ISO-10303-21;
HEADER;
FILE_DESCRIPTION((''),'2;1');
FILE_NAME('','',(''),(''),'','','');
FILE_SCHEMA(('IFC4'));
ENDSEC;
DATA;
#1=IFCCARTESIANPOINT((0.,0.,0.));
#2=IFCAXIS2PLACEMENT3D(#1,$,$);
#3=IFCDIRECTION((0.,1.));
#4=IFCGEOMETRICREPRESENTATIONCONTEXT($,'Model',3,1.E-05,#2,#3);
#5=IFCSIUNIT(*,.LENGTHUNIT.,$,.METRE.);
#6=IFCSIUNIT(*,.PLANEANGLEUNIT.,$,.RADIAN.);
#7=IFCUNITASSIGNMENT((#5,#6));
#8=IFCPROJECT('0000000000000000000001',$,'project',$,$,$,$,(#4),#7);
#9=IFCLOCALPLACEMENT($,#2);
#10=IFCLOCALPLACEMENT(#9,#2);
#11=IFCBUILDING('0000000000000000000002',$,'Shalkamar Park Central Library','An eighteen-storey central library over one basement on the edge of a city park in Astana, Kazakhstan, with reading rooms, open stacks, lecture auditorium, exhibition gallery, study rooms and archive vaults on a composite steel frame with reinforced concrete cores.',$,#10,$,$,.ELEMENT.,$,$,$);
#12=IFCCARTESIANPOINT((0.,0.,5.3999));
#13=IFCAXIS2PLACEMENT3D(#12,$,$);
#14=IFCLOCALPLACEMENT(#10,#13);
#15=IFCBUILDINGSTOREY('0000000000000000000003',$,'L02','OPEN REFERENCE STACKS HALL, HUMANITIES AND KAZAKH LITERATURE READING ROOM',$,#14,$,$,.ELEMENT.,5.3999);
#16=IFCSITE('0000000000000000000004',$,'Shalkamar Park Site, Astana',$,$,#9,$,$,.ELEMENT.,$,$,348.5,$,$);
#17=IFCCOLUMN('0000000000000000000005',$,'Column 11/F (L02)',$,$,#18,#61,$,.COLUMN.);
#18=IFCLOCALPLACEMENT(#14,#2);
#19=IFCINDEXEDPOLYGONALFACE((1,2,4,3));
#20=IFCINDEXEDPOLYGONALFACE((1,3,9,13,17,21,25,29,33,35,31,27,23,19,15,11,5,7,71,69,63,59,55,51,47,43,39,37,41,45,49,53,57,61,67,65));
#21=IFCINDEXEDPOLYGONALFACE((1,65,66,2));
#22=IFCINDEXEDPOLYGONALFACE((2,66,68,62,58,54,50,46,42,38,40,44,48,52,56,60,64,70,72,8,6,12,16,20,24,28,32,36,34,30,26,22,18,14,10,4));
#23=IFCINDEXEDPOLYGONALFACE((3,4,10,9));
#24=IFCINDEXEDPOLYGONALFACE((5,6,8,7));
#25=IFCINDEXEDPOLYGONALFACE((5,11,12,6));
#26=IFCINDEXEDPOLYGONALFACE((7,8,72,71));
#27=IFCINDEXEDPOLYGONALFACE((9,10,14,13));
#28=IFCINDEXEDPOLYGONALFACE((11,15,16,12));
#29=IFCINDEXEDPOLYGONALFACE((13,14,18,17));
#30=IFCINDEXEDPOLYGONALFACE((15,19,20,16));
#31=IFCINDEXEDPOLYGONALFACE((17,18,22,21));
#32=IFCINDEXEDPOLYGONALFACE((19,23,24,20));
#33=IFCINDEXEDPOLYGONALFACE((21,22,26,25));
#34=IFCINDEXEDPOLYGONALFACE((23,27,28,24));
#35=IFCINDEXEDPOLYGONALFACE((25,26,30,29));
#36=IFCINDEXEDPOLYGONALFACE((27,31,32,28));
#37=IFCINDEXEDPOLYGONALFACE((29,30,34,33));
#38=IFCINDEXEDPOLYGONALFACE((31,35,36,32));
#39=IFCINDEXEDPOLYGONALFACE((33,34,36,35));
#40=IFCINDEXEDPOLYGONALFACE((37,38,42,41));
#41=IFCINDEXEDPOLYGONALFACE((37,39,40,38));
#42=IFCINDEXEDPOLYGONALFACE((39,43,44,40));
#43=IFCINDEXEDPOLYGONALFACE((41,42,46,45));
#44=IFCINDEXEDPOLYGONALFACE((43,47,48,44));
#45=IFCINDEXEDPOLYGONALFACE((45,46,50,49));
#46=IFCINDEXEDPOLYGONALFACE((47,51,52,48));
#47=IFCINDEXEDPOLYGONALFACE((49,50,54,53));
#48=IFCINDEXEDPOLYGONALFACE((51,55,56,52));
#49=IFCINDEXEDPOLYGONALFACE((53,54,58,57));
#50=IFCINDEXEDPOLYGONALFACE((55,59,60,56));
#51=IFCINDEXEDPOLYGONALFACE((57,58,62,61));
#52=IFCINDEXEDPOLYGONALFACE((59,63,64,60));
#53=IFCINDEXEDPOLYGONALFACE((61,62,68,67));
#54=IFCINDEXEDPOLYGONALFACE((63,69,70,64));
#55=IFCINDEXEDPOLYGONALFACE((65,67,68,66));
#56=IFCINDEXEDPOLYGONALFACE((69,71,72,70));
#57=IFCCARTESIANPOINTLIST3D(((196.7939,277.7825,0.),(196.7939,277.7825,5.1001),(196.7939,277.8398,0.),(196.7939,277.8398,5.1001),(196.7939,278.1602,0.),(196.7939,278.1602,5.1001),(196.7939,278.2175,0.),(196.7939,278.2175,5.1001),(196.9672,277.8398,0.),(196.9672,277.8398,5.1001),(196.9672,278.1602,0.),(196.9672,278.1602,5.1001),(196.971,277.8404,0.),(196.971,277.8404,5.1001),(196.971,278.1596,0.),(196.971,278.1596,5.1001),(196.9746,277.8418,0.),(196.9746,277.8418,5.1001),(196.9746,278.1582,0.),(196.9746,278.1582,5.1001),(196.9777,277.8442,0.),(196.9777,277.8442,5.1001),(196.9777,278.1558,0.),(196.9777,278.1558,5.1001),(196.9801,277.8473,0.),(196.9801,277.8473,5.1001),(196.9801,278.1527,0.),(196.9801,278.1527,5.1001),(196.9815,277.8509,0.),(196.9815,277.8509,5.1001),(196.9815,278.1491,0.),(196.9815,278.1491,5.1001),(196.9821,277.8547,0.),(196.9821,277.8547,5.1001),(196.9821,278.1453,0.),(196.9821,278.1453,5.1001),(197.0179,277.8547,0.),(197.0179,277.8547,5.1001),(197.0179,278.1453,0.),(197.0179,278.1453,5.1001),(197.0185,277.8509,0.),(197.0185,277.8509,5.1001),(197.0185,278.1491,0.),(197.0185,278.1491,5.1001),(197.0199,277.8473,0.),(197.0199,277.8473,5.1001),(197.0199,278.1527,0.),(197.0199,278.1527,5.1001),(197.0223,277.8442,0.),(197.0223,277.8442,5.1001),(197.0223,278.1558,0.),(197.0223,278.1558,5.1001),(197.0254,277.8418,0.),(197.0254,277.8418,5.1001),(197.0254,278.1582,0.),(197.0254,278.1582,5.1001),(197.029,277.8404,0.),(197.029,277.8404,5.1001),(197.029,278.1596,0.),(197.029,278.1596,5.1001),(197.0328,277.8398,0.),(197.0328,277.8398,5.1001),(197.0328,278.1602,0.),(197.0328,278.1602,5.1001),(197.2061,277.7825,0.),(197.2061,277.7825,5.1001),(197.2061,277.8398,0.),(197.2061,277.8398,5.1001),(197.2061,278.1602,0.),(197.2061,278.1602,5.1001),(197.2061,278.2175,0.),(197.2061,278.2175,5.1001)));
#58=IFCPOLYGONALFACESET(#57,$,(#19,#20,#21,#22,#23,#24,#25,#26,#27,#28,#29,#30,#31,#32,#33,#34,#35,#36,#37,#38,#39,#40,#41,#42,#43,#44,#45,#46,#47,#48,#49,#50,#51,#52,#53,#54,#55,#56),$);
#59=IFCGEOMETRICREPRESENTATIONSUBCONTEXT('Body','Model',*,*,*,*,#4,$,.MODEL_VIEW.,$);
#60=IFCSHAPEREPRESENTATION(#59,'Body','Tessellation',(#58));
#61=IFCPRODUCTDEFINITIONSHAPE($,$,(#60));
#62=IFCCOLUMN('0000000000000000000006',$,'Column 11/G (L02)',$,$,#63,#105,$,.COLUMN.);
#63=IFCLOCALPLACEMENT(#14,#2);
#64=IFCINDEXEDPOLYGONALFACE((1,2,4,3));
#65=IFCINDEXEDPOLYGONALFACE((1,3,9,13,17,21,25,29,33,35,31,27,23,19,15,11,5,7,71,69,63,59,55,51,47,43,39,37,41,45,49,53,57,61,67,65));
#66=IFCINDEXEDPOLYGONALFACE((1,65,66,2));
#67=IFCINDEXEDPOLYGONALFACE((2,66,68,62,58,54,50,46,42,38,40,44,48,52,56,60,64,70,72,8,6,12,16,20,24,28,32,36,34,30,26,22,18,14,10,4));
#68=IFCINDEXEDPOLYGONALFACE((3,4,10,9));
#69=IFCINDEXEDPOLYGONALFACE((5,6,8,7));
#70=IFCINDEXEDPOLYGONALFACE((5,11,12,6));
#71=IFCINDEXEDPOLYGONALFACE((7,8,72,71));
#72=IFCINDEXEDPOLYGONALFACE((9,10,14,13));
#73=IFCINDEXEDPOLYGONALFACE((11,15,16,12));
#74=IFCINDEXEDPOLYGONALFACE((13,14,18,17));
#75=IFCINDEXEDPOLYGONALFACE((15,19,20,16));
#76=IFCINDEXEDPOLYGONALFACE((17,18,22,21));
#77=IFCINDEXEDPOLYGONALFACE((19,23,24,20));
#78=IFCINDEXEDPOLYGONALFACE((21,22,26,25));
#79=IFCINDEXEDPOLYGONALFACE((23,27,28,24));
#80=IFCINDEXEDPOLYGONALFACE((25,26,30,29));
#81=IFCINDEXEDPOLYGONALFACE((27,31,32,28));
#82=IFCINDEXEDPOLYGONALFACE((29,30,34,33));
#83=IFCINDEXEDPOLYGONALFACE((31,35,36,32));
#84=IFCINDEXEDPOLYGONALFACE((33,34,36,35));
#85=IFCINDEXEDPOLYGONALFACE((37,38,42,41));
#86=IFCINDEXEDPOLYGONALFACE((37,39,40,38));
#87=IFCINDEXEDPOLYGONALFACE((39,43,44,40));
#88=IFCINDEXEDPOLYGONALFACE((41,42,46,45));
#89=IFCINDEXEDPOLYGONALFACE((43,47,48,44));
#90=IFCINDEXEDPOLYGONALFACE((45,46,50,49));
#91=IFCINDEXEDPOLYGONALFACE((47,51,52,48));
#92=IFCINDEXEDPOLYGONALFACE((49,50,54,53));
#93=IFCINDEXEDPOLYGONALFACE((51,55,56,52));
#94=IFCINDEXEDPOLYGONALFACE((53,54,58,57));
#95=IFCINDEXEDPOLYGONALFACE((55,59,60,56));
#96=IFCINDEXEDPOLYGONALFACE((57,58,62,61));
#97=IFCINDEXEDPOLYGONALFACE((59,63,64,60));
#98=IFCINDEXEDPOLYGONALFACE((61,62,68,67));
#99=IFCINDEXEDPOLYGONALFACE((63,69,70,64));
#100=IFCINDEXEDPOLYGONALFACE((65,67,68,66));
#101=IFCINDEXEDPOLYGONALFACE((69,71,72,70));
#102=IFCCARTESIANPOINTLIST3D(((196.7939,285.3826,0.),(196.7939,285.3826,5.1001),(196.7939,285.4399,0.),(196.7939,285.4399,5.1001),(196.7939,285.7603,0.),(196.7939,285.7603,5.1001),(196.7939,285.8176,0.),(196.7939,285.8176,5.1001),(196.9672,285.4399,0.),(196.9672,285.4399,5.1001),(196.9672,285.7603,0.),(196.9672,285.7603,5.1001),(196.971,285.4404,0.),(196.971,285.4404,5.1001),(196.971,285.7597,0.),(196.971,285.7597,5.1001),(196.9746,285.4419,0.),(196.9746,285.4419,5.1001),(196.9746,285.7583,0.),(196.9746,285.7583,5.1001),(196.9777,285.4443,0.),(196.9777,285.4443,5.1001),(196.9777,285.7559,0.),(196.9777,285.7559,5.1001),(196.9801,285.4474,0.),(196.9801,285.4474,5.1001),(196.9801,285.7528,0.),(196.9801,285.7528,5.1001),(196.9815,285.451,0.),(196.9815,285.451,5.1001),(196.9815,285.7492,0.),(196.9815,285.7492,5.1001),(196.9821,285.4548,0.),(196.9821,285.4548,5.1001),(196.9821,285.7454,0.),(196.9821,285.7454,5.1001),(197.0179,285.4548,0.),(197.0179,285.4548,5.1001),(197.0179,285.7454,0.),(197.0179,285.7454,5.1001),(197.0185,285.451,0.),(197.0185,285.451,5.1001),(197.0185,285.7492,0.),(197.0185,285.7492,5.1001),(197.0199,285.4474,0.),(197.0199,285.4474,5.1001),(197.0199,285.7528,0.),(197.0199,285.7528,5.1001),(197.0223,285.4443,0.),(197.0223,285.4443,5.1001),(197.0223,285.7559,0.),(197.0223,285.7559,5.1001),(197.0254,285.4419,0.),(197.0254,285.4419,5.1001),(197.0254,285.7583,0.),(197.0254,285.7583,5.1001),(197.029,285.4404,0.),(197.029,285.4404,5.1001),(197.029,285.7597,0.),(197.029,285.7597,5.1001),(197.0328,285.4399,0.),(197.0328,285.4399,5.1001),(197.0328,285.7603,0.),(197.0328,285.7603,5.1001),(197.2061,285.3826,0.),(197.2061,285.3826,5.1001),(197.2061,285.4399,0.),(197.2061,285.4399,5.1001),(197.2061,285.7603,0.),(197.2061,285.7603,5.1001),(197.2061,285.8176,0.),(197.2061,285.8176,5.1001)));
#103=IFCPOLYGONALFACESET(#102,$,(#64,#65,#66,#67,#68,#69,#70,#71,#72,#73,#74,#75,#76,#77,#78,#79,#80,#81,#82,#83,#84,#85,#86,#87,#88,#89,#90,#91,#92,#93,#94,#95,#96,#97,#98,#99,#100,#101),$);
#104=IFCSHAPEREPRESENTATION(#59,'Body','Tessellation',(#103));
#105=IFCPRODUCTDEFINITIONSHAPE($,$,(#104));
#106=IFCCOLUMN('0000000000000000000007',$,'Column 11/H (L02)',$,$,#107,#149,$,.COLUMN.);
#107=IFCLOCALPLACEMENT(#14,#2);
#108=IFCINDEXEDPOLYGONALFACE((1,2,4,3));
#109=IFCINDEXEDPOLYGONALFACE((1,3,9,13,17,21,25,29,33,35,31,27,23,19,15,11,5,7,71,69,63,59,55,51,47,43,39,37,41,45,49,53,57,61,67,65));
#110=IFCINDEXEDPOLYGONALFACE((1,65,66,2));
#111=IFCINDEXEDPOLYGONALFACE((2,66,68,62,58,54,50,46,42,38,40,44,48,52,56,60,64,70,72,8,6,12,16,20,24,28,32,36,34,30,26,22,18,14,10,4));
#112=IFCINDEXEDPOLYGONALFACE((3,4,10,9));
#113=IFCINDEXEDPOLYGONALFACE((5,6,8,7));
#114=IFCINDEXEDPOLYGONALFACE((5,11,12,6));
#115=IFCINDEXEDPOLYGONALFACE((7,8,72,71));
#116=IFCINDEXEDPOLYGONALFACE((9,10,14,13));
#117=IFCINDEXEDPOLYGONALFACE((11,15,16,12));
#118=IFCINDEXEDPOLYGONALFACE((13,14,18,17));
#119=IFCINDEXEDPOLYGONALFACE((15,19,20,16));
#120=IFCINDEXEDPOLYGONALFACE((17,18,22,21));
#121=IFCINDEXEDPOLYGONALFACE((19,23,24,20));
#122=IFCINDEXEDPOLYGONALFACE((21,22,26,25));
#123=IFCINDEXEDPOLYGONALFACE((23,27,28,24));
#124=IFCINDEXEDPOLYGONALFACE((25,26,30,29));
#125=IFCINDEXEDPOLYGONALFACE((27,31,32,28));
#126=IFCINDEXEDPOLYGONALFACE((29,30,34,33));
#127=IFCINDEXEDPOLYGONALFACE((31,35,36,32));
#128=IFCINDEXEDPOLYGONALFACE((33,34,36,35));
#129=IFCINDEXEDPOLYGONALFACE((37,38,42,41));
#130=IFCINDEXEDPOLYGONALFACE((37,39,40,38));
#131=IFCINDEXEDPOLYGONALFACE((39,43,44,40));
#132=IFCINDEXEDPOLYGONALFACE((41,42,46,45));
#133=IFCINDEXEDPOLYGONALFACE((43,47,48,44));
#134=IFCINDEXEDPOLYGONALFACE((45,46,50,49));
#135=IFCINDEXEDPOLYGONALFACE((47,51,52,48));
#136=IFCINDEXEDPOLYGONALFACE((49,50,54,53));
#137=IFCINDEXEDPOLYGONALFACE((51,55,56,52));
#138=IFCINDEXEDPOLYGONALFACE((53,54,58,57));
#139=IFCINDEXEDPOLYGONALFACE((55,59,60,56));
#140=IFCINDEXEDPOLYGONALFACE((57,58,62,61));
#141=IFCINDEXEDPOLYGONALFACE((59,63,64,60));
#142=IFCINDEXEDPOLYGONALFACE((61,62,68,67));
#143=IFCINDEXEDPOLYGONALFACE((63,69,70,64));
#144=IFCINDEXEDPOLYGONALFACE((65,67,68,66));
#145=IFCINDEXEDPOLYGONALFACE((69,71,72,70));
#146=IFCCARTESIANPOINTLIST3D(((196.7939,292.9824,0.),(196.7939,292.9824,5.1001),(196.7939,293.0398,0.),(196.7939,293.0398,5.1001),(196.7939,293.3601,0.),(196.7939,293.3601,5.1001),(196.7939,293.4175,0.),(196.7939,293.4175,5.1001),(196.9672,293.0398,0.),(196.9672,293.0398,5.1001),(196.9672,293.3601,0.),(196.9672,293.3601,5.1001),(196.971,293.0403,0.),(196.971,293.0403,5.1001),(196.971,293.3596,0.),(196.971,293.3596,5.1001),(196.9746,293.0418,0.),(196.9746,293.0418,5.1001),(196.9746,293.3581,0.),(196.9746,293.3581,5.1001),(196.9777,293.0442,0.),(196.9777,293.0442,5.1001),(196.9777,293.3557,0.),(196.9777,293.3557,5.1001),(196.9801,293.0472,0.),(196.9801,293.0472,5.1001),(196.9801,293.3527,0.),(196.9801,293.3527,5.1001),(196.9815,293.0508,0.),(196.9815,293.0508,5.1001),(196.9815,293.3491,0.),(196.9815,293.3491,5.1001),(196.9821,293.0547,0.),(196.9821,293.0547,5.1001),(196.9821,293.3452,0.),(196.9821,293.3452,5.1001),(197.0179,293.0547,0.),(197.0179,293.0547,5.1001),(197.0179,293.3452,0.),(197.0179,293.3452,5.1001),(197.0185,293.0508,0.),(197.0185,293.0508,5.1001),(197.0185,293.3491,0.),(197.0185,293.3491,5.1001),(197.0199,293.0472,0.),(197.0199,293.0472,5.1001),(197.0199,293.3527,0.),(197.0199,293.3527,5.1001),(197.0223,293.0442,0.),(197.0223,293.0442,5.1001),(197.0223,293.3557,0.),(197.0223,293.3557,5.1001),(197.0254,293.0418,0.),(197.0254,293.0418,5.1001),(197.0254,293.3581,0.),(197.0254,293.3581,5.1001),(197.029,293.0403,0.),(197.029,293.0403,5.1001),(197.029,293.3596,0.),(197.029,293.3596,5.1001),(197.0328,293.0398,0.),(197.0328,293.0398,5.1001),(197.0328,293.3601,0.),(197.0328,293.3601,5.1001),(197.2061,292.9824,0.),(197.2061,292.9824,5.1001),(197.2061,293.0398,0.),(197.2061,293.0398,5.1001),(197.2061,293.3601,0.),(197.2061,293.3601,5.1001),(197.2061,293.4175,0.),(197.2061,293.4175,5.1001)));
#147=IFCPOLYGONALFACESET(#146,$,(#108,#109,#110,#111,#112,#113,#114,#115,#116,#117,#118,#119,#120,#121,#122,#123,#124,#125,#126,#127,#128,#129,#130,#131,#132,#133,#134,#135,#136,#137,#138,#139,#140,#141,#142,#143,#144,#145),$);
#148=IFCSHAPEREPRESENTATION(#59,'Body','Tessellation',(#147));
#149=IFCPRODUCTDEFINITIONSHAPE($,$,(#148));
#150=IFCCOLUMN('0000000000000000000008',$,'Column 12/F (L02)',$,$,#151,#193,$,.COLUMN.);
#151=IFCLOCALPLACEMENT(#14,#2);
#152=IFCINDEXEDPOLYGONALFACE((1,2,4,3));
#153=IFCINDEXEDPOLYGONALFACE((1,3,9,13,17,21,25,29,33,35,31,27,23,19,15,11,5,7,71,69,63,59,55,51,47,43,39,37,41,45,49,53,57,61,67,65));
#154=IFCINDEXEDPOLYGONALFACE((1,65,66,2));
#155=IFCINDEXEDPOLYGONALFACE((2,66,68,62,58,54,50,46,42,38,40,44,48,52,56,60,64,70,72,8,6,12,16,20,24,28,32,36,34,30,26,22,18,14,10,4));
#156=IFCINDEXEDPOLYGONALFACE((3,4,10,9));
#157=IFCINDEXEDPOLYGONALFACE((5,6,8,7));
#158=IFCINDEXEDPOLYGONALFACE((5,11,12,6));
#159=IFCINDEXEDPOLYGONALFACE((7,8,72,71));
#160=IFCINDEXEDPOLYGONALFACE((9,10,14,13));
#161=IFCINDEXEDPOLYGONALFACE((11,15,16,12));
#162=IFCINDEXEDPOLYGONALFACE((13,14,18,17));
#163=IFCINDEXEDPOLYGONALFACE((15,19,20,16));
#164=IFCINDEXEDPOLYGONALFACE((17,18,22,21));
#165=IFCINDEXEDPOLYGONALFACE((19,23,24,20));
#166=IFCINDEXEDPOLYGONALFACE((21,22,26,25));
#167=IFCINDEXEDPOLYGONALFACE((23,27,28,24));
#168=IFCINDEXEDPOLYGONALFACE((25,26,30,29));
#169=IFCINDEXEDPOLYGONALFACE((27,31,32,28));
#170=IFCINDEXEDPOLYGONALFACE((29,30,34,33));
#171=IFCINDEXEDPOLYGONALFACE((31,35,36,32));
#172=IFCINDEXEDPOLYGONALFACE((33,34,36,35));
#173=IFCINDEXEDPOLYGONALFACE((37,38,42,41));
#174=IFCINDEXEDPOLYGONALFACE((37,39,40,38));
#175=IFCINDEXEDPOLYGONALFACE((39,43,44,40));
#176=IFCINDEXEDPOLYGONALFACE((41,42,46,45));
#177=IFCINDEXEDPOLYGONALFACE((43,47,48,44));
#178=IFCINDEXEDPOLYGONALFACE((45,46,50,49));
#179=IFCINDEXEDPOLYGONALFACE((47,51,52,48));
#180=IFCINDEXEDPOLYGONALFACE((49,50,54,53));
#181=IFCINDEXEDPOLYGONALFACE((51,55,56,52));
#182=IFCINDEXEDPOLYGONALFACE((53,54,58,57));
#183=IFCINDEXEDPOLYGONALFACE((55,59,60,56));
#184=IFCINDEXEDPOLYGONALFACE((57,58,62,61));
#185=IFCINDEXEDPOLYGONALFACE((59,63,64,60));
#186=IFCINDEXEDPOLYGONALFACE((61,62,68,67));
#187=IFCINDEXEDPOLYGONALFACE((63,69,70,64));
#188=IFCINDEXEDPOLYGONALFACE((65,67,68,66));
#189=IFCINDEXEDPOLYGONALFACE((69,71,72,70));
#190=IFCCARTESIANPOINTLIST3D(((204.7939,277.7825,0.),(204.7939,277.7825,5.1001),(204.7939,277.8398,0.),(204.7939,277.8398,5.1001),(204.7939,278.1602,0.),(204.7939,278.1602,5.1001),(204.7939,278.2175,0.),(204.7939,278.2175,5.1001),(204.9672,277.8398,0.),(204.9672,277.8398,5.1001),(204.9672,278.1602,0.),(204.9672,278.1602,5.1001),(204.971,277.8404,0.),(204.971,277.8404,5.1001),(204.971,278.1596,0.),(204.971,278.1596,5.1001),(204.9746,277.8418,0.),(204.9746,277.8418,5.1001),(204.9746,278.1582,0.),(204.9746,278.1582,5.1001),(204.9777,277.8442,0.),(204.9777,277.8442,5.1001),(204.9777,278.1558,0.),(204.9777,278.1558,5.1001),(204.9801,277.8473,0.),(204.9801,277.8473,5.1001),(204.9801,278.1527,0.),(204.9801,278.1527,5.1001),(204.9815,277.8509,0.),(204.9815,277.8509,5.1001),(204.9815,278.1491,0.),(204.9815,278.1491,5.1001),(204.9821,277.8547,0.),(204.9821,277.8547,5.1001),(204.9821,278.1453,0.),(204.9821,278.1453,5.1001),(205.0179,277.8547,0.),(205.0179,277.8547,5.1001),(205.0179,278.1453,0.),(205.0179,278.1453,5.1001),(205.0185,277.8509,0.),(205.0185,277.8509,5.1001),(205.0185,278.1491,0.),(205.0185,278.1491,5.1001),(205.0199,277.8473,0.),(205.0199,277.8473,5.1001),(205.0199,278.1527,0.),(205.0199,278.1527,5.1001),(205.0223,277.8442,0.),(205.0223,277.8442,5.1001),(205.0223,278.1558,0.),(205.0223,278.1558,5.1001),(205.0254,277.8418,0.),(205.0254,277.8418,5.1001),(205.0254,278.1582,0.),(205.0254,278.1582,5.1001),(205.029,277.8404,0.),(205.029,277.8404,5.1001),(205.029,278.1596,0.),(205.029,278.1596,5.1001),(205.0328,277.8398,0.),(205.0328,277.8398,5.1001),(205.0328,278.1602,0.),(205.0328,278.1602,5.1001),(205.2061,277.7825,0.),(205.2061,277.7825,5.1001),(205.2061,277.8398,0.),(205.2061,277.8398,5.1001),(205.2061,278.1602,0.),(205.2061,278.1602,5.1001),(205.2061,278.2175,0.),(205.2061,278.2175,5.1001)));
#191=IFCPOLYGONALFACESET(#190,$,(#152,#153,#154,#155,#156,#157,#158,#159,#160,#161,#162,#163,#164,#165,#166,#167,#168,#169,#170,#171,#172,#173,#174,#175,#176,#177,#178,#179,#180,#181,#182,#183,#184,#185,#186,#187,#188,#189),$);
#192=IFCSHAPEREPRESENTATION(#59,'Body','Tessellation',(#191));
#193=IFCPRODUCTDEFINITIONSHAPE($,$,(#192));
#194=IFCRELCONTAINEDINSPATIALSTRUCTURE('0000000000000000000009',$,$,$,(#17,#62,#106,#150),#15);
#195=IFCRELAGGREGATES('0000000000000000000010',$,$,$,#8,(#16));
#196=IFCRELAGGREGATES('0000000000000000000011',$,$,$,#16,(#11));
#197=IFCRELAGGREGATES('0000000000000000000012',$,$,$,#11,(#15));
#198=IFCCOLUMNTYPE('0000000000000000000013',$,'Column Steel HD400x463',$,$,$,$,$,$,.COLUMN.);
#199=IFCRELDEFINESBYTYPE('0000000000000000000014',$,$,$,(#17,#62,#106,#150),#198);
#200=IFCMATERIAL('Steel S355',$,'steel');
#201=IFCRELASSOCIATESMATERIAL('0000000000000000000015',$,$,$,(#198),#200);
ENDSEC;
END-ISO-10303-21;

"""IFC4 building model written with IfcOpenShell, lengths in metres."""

from ifc_helpers import new_model, si_unit, direction, frame, origin, origin_2d, place, context, subcontext, project, spatial, i_section, extrude, material, material_profile, profile_set, type_object, element, save


model = new_model("IFC4")

# Units and contexts
model_context = context("Model", 3, precision=1e-05, world=origin(), true_north=direction((0.0, 1.0)))
body_context = subcontext(model_context, "Body", "Model", "MODEL_VIEW")
ifc_project = project(units=[si_unit("LENGTHUNIT", "METRE"), si_unit("PLANEANGLEUNIT", "RADIAN")], contexts=[model_context])

# Site, building, storey
site_placement = place(None, origin())
site = spatial("IfcSite", under=ifc_project, at=site_placement, Name="Shalkamar Park Site, Astana", CompositionType="ELEMENT", RefElevation=348.5)
building_placement = place(site_placement, origin())
building = spatial("IfcBuilding", under=site, at=building_placement, Name="Shalkamar Park Central Library", Description="An eighteen-storey central library over one basement on the edge of a city park in Astana, Kazakhstan, with reading rooms, open stacks, lecture auditorium, exhibition gallery, study rooms and archive vaults on a composite steel frame with reinforced concrete cores.", CompositionType="ELEMENT")
storey_placement = place(building_placement, frame((0.0, 0.0, 5.3999)))
storey = spatial("IfcBuildingStorey", under=building, at=storey_placement, Name="L02", Description="OPEN REFERENCE STACKS HALL, HUMANITIES AND KAZAKH LITERATURE READING ROOM", CompositionType="ELEMENT", Elevation=5.3999)

# Columns
ifc_material = material(Name="Steel S355", Category="steel")
ifc_material_profile_1 = material_profile(ifc_material, i_section(OverallWidth=0.4121, OverallDepth=0.4351, WebThickness=0.0359, FlangeThickness=0.0574, FilletRadius=0.0149, at=origin_2d()), Name="HD 400x463")
ifc_profile_set_1 = profile_set([ifc_material_profile_1], Name="Steel S355")
column_type = type_object("IfcColumnType", Name="Column Steel HD400x463", PredefinedType="COLUMN", material=ifc_profile_set_1)
for number, where, z_axis, x_axis, name in (
    (1, (197.0, 278.0, 0.0), (0.0, 0.0, 1.0), (1.0, 0.0, 0.0), "Column 11/F (L02)"),
    (2, (197.0, 285.6001, 0.0), (0.0, 0.0, 1.0), (1.0, 0.0, 0.0), "Column 11/G (L02)"),
    (3, (197.0, 293.2, 0.0), (0.0, 0.0, 1.0), (1.0, 0.0, 0.0), "Column 11/H (L02)"),
    (4, (205.0, 278.0, 0.0), (0.0, 0.0, 1.0), (1.0, 0.0, 0.0), "Column 12/F (L02)"),
):
    element("IfcColumn", number, at=place(storey_placement, frame(where, z_axis=z_axis, x_axis=x_axis)), inside=storey, type_object=column_type, Name=name, PredefinedType="COLUMN", context=body_context, shape_type="SweptSolid", body=[
        extrude(i_section(OverallWidth=0.4121, OverallDepth=0.4351, WebThickness=0.0359, FlangeThickness=0.0574, FilletRadius=0.0149, at=origin_2d()), origin(), (0.0, 0.0, 1.0), 5.1001),
    ])

save(model, "model.ifc")
